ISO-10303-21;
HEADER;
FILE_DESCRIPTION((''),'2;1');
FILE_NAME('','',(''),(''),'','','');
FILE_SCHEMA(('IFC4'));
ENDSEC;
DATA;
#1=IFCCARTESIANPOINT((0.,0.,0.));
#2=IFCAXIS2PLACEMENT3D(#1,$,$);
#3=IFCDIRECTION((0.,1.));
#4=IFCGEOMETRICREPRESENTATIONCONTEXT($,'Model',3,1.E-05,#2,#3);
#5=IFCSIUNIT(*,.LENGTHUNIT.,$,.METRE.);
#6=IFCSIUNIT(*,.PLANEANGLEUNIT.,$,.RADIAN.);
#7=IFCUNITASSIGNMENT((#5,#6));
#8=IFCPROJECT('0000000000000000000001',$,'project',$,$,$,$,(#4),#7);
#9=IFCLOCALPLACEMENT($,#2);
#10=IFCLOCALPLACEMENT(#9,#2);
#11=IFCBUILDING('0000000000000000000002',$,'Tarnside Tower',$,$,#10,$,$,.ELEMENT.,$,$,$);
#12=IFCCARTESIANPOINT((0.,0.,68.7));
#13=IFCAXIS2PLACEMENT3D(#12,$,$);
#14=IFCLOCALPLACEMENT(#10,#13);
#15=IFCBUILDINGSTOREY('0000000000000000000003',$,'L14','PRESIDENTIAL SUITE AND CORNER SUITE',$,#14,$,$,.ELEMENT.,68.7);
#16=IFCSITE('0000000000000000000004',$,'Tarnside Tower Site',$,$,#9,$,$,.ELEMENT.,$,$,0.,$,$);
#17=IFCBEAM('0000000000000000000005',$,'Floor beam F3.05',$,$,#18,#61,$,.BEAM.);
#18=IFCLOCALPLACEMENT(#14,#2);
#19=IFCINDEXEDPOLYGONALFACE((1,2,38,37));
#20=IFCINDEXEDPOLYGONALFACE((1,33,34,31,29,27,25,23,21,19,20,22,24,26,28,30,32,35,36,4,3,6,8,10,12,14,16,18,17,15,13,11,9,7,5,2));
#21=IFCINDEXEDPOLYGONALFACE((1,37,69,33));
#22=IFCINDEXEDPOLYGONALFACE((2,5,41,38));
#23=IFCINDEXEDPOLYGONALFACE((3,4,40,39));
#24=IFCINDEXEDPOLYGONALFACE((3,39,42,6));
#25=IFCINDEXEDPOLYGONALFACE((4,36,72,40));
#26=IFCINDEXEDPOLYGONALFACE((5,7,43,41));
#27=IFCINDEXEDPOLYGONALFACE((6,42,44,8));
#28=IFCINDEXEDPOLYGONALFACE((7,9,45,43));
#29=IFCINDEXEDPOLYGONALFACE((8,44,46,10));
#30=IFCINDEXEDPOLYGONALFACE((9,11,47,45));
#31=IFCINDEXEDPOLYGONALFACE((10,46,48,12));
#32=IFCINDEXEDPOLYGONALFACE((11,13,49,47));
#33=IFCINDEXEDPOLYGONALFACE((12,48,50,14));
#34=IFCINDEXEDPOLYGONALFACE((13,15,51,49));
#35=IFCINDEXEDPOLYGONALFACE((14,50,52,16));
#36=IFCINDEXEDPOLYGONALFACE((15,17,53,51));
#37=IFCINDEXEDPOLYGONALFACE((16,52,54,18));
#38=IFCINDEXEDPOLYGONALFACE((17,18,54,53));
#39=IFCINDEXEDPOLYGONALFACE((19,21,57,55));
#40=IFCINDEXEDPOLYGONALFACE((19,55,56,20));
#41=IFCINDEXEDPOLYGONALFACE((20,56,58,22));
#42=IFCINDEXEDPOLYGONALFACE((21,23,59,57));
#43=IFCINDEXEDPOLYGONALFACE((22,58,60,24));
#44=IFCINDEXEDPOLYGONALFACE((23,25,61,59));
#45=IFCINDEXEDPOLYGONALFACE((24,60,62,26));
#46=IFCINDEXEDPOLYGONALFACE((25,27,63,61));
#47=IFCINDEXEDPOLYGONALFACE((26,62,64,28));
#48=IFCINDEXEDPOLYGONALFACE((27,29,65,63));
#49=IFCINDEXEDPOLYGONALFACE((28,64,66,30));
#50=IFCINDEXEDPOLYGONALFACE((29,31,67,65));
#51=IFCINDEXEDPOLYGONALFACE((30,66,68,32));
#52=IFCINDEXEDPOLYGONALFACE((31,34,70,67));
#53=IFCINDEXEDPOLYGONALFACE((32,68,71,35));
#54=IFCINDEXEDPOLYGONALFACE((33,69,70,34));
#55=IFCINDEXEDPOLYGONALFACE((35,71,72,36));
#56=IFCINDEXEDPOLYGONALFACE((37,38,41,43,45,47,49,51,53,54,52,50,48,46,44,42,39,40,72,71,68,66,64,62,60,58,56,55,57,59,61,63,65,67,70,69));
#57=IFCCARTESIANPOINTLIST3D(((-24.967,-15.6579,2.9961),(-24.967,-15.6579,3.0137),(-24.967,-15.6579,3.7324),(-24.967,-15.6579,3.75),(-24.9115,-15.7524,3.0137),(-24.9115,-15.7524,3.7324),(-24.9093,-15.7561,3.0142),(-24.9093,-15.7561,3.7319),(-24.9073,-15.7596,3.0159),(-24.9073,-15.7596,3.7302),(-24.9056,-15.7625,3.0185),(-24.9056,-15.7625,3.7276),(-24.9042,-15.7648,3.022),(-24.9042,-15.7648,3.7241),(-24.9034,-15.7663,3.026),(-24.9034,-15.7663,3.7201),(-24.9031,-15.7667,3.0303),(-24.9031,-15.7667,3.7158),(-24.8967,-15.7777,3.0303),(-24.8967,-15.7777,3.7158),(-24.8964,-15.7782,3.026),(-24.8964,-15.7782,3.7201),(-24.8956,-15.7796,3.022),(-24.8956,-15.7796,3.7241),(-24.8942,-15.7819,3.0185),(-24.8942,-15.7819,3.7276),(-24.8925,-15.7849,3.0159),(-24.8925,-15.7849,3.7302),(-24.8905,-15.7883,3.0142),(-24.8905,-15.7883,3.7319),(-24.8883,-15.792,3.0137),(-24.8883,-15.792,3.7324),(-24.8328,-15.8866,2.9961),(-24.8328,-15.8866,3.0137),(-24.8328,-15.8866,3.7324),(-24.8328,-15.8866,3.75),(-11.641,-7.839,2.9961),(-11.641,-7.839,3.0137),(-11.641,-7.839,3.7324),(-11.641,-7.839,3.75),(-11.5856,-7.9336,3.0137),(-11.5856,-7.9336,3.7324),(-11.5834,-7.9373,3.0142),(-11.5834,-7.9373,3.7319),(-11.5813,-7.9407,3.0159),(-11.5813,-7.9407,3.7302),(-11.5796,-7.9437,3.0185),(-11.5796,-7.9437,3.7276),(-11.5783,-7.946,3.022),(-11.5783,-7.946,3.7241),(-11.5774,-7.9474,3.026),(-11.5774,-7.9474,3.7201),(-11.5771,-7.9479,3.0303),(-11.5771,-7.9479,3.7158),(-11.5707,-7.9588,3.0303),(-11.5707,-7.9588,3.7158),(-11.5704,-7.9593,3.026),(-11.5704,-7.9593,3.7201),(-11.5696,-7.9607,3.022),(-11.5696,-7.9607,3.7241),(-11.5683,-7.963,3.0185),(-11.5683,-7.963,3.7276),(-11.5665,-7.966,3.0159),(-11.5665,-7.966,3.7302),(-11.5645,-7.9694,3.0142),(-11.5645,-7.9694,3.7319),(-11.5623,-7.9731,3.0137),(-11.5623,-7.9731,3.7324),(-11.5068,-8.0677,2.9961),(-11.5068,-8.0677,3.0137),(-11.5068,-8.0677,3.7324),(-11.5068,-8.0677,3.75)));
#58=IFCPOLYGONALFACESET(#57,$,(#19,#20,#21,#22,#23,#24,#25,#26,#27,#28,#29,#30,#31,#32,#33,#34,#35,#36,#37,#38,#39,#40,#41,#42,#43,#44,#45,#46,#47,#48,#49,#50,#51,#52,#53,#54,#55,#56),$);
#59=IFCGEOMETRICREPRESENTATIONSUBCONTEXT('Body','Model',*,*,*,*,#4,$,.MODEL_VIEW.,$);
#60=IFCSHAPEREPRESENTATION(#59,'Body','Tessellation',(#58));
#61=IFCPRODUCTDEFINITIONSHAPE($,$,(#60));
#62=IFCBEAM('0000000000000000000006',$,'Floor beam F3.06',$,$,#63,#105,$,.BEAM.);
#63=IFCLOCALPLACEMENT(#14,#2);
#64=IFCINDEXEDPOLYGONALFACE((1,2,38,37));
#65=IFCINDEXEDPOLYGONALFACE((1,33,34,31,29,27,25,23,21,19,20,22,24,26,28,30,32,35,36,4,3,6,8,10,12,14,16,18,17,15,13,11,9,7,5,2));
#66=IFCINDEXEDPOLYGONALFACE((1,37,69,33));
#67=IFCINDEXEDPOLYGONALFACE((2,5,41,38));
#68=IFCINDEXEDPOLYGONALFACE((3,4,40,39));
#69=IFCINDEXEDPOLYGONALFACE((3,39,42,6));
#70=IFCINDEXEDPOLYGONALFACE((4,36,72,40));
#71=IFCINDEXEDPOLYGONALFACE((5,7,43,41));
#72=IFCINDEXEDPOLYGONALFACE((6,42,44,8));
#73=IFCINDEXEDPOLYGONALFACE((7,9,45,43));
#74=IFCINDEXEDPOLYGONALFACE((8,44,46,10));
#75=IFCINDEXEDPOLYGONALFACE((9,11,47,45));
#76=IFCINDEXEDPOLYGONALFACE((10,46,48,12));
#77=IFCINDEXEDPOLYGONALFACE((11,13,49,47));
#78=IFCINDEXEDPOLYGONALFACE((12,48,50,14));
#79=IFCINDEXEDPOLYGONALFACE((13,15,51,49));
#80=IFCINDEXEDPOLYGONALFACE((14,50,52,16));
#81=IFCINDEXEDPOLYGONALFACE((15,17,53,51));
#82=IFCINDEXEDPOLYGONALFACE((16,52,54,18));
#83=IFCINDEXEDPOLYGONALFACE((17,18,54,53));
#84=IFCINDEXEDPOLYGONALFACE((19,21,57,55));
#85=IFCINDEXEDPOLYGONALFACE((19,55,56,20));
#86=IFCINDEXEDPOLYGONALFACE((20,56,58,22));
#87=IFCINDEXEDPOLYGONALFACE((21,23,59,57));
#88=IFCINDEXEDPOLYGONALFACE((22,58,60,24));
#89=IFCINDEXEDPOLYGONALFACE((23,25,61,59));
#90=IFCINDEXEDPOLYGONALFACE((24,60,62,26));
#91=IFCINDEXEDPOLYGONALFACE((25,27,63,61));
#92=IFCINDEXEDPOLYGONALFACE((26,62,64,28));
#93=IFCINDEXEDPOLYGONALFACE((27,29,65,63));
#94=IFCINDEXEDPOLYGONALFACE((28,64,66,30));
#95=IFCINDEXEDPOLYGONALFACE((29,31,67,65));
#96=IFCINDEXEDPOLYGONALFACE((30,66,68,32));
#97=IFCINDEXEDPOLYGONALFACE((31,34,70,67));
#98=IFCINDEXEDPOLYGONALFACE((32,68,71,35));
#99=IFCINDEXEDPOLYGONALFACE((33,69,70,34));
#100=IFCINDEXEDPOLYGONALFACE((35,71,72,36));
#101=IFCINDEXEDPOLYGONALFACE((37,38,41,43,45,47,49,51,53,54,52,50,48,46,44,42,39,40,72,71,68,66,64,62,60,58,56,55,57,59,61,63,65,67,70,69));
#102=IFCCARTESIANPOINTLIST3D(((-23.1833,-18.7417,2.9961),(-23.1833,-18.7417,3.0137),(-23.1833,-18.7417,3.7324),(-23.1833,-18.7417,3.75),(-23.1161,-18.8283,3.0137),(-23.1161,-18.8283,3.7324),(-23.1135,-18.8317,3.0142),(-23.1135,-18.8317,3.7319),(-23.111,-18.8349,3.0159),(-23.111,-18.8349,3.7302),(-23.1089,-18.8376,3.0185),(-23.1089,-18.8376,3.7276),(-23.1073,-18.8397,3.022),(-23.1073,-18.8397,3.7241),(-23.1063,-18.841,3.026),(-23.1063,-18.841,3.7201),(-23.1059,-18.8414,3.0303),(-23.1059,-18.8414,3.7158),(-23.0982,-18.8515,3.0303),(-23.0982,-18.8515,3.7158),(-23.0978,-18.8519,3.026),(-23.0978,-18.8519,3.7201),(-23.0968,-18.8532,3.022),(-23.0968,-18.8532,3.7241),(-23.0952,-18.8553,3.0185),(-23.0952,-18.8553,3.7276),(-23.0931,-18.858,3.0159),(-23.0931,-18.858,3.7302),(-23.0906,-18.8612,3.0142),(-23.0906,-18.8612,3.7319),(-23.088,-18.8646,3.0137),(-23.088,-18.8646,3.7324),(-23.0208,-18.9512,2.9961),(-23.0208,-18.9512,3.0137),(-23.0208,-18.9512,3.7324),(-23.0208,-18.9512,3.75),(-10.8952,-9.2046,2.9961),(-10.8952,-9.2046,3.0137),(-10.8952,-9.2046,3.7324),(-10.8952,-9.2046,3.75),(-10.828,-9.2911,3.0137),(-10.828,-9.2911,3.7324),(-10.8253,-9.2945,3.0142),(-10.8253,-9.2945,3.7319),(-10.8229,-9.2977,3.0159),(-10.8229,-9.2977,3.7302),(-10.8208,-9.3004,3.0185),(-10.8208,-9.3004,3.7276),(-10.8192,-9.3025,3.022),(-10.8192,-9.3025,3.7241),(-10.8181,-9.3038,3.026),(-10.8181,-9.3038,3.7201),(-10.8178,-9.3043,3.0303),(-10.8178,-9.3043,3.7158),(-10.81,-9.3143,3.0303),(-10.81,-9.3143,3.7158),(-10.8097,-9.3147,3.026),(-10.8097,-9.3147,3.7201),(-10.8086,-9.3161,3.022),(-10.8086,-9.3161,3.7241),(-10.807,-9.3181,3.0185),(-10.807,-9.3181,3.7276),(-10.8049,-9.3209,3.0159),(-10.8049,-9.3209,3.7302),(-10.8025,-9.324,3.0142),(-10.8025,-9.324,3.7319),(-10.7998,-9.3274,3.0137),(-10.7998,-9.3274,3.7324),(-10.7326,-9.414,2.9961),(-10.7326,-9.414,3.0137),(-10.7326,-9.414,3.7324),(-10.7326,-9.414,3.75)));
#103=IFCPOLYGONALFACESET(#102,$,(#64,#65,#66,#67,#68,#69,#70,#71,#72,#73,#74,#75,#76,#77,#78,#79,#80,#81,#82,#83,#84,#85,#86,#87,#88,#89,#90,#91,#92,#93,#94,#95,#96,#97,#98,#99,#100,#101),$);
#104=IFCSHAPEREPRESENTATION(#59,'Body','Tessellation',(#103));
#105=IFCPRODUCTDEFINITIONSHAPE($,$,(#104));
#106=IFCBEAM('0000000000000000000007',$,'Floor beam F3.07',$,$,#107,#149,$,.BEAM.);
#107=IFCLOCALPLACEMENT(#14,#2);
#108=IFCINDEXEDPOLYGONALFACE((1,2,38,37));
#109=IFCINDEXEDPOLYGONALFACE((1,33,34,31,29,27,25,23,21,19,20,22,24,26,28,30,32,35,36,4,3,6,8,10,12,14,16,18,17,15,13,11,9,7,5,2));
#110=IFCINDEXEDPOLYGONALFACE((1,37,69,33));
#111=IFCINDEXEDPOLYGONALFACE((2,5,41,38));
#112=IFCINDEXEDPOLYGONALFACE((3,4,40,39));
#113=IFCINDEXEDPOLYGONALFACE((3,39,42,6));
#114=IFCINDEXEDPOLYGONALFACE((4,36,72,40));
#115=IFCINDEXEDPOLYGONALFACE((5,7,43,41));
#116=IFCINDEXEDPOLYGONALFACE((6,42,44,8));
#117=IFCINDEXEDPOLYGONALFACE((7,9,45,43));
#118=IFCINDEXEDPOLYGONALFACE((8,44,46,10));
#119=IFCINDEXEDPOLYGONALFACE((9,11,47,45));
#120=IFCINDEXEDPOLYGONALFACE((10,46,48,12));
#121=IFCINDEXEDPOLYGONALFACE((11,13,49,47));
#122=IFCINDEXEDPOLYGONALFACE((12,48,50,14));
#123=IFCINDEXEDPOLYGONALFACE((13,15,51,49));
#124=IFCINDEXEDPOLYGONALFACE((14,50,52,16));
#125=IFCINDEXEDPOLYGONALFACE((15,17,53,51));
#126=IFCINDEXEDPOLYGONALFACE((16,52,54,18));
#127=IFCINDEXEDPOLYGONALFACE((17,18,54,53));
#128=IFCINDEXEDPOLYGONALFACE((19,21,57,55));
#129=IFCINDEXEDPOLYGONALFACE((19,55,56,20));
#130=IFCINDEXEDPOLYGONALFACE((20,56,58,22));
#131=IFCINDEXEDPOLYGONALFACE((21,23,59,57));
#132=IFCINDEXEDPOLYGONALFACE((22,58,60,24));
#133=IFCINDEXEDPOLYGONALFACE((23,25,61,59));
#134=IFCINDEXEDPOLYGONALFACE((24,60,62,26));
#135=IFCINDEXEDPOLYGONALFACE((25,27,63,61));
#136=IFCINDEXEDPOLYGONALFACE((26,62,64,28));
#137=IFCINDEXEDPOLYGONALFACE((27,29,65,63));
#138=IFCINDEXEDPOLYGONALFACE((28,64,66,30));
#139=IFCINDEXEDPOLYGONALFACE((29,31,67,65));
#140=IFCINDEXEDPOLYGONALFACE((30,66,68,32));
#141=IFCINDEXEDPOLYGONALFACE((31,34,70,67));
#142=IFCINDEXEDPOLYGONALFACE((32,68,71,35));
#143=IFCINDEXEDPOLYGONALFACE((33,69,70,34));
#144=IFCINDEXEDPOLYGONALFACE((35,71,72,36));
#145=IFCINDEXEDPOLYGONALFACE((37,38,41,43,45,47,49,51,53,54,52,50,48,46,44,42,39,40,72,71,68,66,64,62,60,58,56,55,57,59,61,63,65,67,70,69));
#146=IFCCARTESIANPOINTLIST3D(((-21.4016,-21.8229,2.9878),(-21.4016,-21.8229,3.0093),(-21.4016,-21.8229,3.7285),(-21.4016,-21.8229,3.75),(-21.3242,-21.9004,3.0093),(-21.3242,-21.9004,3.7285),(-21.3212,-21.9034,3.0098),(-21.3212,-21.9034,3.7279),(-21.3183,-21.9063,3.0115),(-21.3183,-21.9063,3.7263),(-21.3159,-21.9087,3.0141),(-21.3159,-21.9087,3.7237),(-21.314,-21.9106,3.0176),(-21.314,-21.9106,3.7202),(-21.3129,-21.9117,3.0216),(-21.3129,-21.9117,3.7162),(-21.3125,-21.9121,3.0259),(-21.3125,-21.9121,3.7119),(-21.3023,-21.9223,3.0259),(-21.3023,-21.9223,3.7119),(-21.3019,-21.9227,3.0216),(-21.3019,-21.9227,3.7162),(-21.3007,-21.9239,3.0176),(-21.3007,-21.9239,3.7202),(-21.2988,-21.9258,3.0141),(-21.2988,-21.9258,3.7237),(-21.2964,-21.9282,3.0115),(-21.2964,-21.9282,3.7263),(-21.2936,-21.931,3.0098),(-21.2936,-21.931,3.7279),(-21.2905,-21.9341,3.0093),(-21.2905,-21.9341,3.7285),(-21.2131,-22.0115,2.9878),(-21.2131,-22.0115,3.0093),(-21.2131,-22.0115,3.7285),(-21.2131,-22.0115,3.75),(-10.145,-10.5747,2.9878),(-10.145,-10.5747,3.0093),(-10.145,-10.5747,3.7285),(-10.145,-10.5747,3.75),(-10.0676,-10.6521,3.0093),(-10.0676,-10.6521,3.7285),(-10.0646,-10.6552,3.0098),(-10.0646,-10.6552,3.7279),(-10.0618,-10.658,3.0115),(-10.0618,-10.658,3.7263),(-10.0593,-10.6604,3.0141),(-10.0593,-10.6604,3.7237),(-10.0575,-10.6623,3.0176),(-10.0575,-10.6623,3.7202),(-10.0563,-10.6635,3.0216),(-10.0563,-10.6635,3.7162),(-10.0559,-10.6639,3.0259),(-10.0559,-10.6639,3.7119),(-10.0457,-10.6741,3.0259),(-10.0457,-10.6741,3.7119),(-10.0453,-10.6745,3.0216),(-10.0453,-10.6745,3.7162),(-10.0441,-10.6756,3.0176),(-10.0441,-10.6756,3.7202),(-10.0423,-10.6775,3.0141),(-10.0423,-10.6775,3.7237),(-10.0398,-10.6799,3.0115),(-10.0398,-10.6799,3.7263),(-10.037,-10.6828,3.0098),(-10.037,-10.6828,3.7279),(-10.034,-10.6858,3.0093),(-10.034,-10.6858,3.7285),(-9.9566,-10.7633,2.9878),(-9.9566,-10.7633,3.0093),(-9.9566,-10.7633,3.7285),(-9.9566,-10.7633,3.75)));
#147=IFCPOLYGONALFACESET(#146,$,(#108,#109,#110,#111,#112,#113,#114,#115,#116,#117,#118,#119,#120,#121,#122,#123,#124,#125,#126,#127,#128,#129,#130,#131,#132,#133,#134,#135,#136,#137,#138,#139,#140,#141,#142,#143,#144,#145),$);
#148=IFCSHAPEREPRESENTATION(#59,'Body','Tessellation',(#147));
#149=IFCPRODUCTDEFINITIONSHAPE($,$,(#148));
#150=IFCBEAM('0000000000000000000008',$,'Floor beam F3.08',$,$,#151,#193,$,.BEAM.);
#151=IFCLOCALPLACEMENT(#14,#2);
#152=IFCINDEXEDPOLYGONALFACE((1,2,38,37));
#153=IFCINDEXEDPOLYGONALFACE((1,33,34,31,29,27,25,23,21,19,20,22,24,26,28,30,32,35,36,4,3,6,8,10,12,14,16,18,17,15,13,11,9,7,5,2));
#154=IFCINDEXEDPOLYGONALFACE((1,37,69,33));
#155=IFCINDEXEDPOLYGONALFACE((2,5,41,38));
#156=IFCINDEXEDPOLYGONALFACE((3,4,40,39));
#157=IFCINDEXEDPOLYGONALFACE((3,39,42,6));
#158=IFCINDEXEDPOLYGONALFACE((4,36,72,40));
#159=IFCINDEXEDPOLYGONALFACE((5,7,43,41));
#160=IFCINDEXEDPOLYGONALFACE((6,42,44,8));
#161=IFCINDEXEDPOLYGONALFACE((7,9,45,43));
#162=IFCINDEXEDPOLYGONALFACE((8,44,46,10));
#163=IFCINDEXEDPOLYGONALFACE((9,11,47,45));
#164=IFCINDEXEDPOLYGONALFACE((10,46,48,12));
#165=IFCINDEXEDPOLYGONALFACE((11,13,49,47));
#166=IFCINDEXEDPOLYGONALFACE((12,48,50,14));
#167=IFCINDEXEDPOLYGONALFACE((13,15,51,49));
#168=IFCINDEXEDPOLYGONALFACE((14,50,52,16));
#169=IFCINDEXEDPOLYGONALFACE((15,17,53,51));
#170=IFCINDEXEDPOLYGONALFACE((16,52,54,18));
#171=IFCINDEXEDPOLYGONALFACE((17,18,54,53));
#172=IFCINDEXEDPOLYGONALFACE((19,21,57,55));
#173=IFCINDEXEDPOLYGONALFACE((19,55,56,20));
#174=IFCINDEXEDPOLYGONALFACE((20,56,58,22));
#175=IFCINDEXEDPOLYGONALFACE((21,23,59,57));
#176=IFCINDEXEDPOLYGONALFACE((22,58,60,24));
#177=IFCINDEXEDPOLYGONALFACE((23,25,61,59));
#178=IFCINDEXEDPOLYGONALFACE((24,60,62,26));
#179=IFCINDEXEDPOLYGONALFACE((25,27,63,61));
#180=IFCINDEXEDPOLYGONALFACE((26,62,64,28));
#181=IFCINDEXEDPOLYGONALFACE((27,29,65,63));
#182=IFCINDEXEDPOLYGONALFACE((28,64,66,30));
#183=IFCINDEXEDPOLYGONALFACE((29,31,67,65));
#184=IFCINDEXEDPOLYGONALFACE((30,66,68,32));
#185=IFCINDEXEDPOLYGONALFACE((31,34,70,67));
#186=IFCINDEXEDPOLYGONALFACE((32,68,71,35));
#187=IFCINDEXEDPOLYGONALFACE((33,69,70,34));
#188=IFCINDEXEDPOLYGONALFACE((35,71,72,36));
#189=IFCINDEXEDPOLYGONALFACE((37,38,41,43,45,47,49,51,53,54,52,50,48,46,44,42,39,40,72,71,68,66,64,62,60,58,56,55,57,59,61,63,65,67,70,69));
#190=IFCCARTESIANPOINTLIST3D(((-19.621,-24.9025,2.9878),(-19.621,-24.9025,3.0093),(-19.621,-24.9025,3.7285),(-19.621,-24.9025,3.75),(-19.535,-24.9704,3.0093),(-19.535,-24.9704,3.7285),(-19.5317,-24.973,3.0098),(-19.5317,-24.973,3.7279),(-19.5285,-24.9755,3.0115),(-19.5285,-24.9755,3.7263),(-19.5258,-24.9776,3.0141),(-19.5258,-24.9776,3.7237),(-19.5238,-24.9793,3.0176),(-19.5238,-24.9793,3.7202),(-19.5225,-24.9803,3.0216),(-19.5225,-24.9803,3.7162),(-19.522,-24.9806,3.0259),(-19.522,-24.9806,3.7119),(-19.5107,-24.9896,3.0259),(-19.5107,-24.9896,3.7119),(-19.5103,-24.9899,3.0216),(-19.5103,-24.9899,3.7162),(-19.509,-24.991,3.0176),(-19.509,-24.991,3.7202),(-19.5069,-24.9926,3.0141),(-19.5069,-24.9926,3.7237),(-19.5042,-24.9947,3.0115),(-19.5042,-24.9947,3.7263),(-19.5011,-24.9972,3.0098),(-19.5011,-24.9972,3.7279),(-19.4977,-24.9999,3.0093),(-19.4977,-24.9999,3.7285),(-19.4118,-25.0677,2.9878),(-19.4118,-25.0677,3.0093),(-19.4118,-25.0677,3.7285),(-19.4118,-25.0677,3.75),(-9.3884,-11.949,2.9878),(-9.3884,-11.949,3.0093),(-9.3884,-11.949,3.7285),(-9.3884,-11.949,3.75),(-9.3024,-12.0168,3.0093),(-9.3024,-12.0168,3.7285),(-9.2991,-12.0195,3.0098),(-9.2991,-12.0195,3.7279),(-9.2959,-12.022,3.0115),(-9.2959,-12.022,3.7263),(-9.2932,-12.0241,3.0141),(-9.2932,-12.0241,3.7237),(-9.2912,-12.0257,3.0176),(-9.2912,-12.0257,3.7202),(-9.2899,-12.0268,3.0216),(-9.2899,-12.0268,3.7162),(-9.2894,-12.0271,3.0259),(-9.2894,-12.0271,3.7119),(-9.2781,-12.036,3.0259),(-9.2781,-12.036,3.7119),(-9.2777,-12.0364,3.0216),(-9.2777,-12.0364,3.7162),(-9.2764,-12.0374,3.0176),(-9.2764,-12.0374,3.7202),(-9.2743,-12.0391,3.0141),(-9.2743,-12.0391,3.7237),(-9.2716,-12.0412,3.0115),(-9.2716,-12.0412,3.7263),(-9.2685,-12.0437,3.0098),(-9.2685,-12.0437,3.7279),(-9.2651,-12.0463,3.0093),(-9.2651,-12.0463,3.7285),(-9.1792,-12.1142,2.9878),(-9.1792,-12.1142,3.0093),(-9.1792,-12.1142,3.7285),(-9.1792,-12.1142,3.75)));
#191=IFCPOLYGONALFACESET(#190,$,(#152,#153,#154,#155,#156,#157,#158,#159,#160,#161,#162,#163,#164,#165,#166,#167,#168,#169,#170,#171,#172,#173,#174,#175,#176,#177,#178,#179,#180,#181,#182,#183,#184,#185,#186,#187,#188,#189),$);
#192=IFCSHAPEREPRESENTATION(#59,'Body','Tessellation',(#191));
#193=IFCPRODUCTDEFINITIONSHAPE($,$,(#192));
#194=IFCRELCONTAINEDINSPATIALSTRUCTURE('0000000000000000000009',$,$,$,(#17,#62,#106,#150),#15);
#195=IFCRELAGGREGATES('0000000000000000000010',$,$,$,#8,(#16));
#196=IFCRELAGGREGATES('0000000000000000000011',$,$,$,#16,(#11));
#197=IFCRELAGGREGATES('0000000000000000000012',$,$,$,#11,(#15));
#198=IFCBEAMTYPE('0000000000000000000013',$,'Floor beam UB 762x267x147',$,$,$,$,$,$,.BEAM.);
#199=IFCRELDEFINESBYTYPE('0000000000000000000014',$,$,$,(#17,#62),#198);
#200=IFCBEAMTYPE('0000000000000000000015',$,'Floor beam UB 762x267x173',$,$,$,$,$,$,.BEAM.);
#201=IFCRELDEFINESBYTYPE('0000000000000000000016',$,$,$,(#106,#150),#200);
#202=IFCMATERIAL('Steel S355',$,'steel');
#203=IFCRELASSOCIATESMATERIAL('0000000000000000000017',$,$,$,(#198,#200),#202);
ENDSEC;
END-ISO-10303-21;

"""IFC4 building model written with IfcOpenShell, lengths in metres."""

from ifc_helpers import new_model, si_unit, direction, frame, origin, origin_2d, place, context, subcontext, project, spatial, i_section, extrude, material, material_profile, profile_set, type_object, element, save


model = new_model("IFC4")

# Units and contexts
model_context = context("Model", 3, precision=1e-05, world=origin(), true_north=direction((0.0, 1.0)))
body_context = subcontext(model_context, "Body", "Model", "MODEL_VIEW")
ifc_project = project(units=[si_unit("LENGTHUNIT", "METRE"), si_unit("PLANEANGLEUNIT", "RADIAN")], contexts=[model_context])

# Site, building, storey
site_placement = place(None, origin())
site = spatial("IfcSite", under=ifc_project, at=site_placement, Name="Tarnside Tower Site", CompositionType="ELEMENT", RefElevation=0.0)
building_placement = place(site_placement, origin())
building = spatial("IfcBuilding", under=site, at=building_placement, Name="Tarnside Tower", CompositionType="ELEMENT")
storey_placement = place(building_placement, frame((0.0, 0.0, 68.7)))
storey = spatial("IfcBuildingStorey", under=building, at=storey_placement, Name="L14", Description="PRESIDENTIAL SUITE AND CORNER SUITE", CompositionType="ELEMENT", Elevation=68.7)

# Beams
ifc_material_1 = material(Name="Steel S355", Category="steel")
ifc_material_profile_1 = material_profile(ifc_material_1, i_section(OverallWidth=0.2651, OverallDepth=0.7539, WebThickness=0.0127, FlangeThickness=0.0176, FilletRadius=0.0166, at=origin_2d()), Name="UB 762x267x147")
ifc_profile_set_1 = profile_set([ifc_material_profile_1], Name="Steel S355")
beam_type_1 = type_object("IfcBeamType", Name="Floor beam UB 762x267x147", PredefinedType="BEAM", material=ifc_profile_set_1)
beam_1_placement = place(storey_placement, frame((-24.8999, -15.7722, 3.373), z_axis=(0.862498, 0.506061, 0.0), x_axis=(-0.506061, 0.862498, 0.0)))
element("IfcBeam", 1, at=beam_1_placement, inside=storey, type_object=beam_type_1, Name="Floor beam F3.05", PredefinedType="BEAM", context=body_context, shape_type="SweptSolid", body=[
    extrude(i_section(OverallWidth=0.2651, OverallDepth=0.7539, WebThickness=0.0127, FlangeThickness=0.0176, FilletRadius=0.0166, at=origin_2d()), origin(), (0.0, 0.0, 1.0), 15.4504),
])
beam_2_placement = place(storey_placement, frame((-23.1021, -18.8464, 3.373), z_axis=(0.789984, 0.613128, 0.0), x_axis=(-0.613128, 0.789984, 0.0)))
element("IfcBeam", 2, at=beam_2_placement, inside=storey, type_object=beam_type_1, Name="Floor beam F3.06", PredefinedType="BEAM", context=body_context, shape_type="SweptSolid", body=[
    extrude(i_section(OverallWidth=0.2651, OverallDepth=0.7539, WebThickness=0.0127, FlangeThickness=0.0176, FilletRadius=0.0166, at=origin_2d()), origin(), (0.0, 0.0, 1.0), 15.5549),
])
ifc_material_profile_2 = material_profile(ifc_material_1, i_section(OverallWidth=0.2666, OverallDepth=0.7622, WebThickness=0.0144, FlangeThickness=0.0215, FilletRadius=0.0166, at=origin_2d()), Name="UB 762x267x173")
ifc_profile_set_2 = profile_set([ifc_material_profile_2], Name="Steel S355")
beam_type_2 = type_object("IfcBeamType", Name="Floor beam UB 762x267x173", PredefinedType="BEAM", material=ifc_profile_set_2)
beam_3_placement = place(storey_placement, frame((-21.3074, -21.9172, 3.3689), z_axis=(0.707368, 0.706846, 0.0), x_axis=(-0.706846, 0.707368, 0.0)))
element("IfcBeam", 3, at=beam_3_placement, inside=storey, type_object=beam_type_2, Name="Floor beam F3.07", PredefinedType="BEAM", context=body_context, shape_type="SweptSolid", body=[
    extrude(i_section(OverallWidth=0.2666, OverallDepth=0.7622, WebThickness=0.0144, FlangeThickness=0.0215, FilletRadius=0.0166, at=origin_2d()), origin(), (0.0, 0.0, 1.0), 15.9133),
])
beam_4_placement = place(storey_placement, frame((-19.5164, -24.9851, 3.3689), z_axis=(0.619873, 0.784702, 0.0), x_axis=(-0.784702, 0.619873, 0.0)))
element("IfcBeam", 4, at=beam_4_placement, inside=storey, type_object=beam_type_2, Name="Floor beam F3.08", PredefinedType="BEAM", context=body_context, shape_type="SweptSolid", body=[
    extrude(i_section(OverallWidth=0.2666, OverallDepth=0.7622, WebThickness=0.0144, FlangeThickness=0.0215, FilletRadius=0.0166, at=origin_2d()), origin(), (0.0, 0.0, 1.0), 16.5076),
])

save(model, "model.ifc")
